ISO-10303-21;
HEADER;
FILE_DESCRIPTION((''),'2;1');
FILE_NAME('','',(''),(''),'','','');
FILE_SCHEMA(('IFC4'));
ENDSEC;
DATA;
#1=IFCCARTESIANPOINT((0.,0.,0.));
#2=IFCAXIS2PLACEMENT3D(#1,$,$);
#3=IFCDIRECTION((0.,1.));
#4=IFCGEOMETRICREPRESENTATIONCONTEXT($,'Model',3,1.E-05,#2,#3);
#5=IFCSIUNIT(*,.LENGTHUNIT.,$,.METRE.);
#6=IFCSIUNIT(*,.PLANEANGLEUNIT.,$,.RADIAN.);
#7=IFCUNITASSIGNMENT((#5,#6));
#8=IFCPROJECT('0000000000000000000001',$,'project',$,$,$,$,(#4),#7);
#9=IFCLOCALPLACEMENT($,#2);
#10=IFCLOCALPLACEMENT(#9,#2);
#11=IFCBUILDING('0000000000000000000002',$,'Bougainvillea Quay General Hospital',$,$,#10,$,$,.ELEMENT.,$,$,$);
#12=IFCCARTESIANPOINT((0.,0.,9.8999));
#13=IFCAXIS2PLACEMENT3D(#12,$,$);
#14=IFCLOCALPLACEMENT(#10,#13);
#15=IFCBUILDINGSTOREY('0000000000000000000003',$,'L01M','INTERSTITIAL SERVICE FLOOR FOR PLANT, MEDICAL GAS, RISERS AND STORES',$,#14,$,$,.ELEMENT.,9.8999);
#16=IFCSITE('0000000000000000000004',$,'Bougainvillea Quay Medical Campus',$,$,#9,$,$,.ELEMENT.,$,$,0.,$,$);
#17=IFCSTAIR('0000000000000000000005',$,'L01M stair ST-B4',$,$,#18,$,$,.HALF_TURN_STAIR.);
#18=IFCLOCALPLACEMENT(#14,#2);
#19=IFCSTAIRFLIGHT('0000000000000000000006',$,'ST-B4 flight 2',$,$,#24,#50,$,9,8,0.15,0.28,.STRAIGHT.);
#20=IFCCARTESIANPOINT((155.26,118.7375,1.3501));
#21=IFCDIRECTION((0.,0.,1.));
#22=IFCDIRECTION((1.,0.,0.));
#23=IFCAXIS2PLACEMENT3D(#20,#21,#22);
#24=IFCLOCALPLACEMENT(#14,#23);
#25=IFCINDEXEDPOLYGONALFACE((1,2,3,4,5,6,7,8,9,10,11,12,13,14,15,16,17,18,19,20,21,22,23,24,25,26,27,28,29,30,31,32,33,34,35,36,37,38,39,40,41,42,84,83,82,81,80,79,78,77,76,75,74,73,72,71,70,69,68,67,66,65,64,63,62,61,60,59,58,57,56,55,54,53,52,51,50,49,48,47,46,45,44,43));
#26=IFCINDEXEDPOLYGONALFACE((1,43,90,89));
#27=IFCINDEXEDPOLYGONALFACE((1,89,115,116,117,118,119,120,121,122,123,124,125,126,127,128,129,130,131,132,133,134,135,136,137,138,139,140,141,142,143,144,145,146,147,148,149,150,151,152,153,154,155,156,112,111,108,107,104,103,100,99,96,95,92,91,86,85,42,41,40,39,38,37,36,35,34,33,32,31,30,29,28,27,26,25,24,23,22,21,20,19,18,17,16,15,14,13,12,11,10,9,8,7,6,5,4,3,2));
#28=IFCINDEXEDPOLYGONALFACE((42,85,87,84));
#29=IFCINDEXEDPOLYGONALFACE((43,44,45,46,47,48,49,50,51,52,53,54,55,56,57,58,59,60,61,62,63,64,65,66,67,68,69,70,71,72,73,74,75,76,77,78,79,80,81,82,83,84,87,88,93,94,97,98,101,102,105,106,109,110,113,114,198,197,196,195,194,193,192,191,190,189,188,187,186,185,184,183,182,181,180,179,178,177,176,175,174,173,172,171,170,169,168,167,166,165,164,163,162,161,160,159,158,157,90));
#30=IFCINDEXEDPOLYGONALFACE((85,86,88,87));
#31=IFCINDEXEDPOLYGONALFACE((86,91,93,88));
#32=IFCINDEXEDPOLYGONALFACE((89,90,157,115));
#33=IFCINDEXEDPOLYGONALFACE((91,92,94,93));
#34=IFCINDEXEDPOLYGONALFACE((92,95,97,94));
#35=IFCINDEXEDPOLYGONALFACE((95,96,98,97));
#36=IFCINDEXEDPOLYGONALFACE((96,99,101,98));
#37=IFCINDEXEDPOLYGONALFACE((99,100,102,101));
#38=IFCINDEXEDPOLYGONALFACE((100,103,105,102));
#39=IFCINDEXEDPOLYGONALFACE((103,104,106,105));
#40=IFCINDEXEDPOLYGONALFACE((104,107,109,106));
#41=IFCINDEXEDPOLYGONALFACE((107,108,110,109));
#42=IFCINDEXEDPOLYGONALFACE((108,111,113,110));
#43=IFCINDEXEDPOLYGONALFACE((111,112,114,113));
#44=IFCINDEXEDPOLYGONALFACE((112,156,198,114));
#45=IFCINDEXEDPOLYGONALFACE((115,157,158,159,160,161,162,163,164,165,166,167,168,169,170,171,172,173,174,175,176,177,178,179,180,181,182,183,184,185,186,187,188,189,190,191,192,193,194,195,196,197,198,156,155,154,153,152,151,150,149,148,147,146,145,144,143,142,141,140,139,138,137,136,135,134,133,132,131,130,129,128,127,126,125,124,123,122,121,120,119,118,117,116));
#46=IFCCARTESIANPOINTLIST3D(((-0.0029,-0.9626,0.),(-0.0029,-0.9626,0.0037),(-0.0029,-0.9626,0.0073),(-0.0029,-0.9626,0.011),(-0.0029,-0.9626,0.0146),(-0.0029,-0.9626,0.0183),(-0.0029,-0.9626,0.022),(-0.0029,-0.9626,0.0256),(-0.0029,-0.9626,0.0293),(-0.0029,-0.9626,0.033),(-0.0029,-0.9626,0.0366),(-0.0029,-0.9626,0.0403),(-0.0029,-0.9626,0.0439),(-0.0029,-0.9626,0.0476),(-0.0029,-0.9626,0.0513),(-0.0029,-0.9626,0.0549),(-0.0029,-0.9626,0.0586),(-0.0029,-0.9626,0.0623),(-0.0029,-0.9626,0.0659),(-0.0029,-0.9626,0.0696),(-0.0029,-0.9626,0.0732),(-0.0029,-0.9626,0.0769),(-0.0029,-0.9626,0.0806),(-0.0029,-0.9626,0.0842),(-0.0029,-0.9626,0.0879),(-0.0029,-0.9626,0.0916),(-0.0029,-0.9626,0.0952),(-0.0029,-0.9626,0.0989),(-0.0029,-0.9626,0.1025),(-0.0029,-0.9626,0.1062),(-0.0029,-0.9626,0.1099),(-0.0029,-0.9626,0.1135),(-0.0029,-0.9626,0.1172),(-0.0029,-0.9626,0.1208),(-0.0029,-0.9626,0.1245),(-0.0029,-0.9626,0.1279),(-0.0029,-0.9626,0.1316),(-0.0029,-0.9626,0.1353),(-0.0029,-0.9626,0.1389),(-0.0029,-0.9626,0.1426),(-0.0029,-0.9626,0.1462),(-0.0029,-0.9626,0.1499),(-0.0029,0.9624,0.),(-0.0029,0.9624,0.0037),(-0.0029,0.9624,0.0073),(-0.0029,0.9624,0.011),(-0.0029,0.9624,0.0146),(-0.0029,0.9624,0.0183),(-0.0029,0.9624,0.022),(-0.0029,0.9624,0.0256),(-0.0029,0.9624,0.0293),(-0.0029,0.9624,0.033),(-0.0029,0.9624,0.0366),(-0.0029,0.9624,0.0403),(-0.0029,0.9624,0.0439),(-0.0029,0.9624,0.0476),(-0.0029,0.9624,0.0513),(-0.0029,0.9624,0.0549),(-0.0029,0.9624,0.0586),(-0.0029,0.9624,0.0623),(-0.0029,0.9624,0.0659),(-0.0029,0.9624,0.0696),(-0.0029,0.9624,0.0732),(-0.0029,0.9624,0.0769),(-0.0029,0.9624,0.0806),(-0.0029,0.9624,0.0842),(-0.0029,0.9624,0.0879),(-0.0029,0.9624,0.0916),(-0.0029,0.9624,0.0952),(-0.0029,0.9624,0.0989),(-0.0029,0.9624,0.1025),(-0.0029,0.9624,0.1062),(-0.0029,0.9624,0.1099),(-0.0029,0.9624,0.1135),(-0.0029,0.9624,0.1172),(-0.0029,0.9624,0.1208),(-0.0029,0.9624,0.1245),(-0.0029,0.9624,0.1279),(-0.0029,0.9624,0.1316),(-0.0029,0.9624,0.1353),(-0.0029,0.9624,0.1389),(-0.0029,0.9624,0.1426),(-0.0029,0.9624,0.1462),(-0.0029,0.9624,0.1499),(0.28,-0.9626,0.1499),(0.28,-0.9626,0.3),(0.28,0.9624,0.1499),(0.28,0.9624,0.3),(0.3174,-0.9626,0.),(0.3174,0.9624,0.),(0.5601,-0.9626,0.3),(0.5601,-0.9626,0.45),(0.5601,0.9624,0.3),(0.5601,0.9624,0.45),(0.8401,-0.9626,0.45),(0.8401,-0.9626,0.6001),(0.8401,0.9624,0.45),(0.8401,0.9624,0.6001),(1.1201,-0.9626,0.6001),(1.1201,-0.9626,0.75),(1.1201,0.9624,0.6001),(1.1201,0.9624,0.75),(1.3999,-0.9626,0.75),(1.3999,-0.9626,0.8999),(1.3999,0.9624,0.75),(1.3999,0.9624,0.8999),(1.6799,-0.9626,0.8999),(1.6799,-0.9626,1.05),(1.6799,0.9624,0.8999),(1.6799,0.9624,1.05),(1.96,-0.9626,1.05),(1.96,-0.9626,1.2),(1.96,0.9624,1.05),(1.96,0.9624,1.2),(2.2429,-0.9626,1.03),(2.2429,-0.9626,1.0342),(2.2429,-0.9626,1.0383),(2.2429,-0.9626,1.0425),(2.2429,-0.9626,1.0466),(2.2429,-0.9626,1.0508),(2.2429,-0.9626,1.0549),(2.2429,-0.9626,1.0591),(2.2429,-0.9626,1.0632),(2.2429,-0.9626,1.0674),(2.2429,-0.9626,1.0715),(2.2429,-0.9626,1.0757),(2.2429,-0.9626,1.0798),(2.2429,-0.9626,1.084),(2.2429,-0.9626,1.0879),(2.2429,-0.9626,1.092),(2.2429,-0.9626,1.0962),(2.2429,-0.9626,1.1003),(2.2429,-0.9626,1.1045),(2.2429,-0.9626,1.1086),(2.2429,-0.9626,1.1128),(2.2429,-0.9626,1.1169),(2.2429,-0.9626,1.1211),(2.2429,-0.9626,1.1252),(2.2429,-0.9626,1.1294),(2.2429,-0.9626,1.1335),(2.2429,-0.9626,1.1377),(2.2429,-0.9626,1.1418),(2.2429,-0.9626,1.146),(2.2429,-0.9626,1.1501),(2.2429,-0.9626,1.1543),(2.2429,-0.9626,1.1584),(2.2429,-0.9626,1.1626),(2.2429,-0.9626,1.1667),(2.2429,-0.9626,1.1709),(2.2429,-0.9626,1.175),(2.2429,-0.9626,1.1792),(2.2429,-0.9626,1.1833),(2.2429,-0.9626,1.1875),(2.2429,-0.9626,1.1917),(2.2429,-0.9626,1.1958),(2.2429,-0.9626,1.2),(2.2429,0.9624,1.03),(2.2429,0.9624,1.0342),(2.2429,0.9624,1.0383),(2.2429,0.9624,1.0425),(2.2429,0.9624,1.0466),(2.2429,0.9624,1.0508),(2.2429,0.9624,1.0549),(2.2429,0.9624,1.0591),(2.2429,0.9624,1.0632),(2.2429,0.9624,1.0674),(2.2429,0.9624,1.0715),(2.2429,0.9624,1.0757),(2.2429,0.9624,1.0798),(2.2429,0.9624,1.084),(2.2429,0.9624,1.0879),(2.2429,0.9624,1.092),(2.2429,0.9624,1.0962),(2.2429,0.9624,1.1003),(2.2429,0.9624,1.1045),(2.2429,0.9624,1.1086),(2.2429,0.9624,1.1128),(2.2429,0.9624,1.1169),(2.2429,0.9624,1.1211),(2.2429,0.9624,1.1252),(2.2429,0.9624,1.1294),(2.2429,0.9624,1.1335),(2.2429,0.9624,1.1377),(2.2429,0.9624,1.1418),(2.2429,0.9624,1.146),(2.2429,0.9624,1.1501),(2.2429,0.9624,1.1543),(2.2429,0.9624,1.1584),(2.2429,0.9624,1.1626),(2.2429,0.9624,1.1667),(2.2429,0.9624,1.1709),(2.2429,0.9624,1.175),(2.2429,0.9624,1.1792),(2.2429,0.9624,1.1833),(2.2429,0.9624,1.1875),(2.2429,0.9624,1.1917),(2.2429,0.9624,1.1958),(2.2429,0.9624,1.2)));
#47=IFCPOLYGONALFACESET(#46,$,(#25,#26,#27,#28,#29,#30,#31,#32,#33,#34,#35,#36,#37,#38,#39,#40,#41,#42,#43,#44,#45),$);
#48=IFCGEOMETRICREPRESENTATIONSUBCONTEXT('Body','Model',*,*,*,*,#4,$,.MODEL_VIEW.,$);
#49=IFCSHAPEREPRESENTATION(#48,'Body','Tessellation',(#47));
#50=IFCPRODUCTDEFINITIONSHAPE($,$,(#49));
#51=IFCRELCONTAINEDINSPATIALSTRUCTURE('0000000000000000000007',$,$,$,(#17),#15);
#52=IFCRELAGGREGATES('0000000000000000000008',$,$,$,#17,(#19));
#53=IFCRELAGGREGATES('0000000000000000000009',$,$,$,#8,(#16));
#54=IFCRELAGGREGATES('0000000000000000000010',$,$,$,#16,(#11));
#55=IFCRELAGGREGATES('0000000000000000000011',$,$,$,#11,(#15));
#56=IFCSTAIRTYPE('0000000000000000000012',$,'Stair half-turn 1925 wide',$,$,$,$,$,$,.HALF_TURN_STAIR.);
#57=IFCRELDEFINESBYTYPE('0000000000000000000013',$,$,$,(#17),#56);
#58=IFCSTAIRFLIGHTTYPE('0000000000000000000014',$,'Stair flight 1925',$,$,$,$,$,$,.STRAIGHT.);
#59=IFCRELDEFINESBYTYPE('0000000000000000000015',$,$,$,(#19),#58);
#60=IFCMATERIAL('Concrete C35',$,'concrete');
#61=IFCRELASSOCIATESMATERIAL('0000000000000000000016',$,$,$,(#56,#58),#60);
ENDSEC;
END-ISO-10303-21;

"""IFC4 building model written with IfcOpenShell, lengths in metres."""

from ifc_helpers import new_model, si_unit, direction, frame, origin, place, context, subcontext, project, spatial, polyline, outline, extrude, material, type_object, element, aggregate, save


model = new_model("IFC4")

# Units and contexts
model_context = context("Model", 3, precision=1e-05, world=origin(), true_north=direction((0.0, 1.0)))
body_context = subcontext(model_context, "Body", "Model", "MODEL_VIEW")
ifc_project = project(units=[si_unit("LENGTHUNIT", "METRE"), si_unit("PLANEANGLEUNIT", "RADIAN")], contexts=[model_context])

# Site, building, storey
site_placement = place(None, origin())
site = spatial("IfcSite", under=ifc_project, at=site_placement, Name="Bougainvillea Quay Medical Campus", CompositionType="ELEMENT", RefElevation=0.0)
building_placement = place(site_placement, origin())
building = spatial("IfcBuilding", under=site, at=building_placement, Name="Bougainvillea Quay General Hospital", CompositionType="ELEMENT")
storey_placement = place(building_placement, frame((0.0, 0.0, 9.8999)))
storey = spatial("IfcBuildingStorey", under=building, at=storey_placement, Name="L01M", Description="INTERSTITIAL SERVICE FLOOR FOR PLANT, MEDICAL GAS, RISERS AND STORES", CompositionType="ELEMENT", Elevation=9.8999)

# Stair, stair flight
ifc_material_1 = material(Name="Concrete C35", Category="concrete")
stair_type = type_object("IfcStairType", Name="Stair half-turn 1925 wide", PredefinedType="HALF_TURN_STAIR", material=ifc_material_1)
stair_placement = place(storey_placement, origin())
stair = element("IfcStair", 1, at=stair_placement, inside=storey, type_object=stair_type, Name="L01M stair ST-B4", PredefinedType="HALF_TURN_STAIR")
stair_flight_type = type_object("IfcStairFlightType", Name="Stair flight 1925", PredefinedType="STRAIGHT", material=ifc_material_1)
stair_flight_1_placement = place(storey_placement, frame((155.26, 118.7375, 1.3501), z_axis=(0.0, 0.0, 1.0), x_axis=(1.0, 0.0, 0.0)))
stair_flight_1 = element("IfcStairFlight", 2, at=stair_flight_1_placement, type_object=stair_flight_type, Name="ST-B4 flight 2", NumberOfRisers=9, NumberOfTreads=8, PredefinedType="STRAIGHT", RiserHeight=0.15, TreadLength=0.28, context=body_context, shape_type="SweptSolid", body=[
    extrude(outline(polyline([(-0.0029, 0.0), (-0.0029, 0.0037), (-0.0029, 0.0073), (-0.0029, 0.011), (-0.0029, 0.0146), (-0.0029, 0.0183), (-0.0029, 0.022), (-0.0029, 0.0256), (-0.0029, 0.0293), (-0.0029, 0.033), (-0.0029, 0.0366), (-0.0029, 0.0403), (-0.0029, 0.0439), (-0.0029, 0.0476), (-0.0029, 0.0513), (-0.0029, 0.0549), (-0.0029, 0.0586), (-0.0029, 0.0623), (-0.0029, 0.0659), (-0.0029, 0.0696), (-0.0029, 0.0732), (-0.0029, 0.0769), (-0.0029, 0.0806), (-0.0029, 0.0842), (-0.0029, 0.0879), (-0.0029, 0.0916), (-0.0029, 0.0952), (-0.0029, 0.0989), (-0.0029, 0.1025), (-0.0029, 0.1062), (-0.0029, 0.1099), (-0.0029, 0.1135), (-0.0029, 0.1172), (-0.0029, 0.1208), (-0.0029, 0.1245), (-0.0029, 0.1279), (-0.0029, 0.1316), (-0.0029, 0.1353), (-0.0029, 0.1389), (-0.0029, 0.1426), (-0.0029, 0.1462), (-0.0029, 0.1499), (0.28, 0.1499), (0.28, 0.3), (0.5601, 0.3), (0.5601, 0.45), (0.8401, 0.45), (0.8401, 0.6001), (1.1201, 0.6001), (1.1201, 0.75), (1.3999, 0.75), (1.3999, 0.8999), (1.6799, 0.8999), (1.6799, 1.05), (1.96, 1.05), (1.96, 1.2), (2.2429, 1.2), (2.2429, 1.1958), (2.2429, 1.1917), (2.2429, 1.1875), (2.2429, 1.1833), (2.2429, 1.1792), (2.2429, 1.175), (2.2429, 1.1709), (2.2429, 1.1667), (2.2429, 1.1626), (2.2429, 1.1584), (2.2429, 1.1543), (2.2429, 1.1501), (2.2429, 1.146), (2.2429, 1.1418), (2.2429, 1.1377), (2.2429, 1.1335), (2.2429, 1.1294), (2.2429, 1.1252), (2.2429, 1.1211), (2.2429, 1.1169), (2.2429, 1.1128), (2.2429, 1.1086), (2.2429, 1.1045), (2.2429, 1.1003), (2.2429, 1.0962), (2.2429, 1.092), (2.2429, 1.0879), (2.2429, 1.084), (2.2429, 1.0798), (2.2429, 1.0757), (2.2429, 1.0715), (2.2429, 1.0674), (2.2429, 1.0632), (2.2429, 1.0591), (2.2429, 1.0549), (2.2429, 1.0508), (2.2429, 1.0466), (2.2429, 1.0425), (2.2429, 1.0383), (2.2429, 1.0342), (2.2429, 1.03), (0.3174, 0.0), (-0.0029, 0.0)])), frame((0.0, 0.9624, 0.0), z_axis=(0.0, -1.0, 0.0), x_axis=(1.0, 0.0, 0.0)), (0.0, 0.0, 1.0), 1.925),
])
aggregate(stair, [stair_flight_1])

save(model, "model.ifc")
